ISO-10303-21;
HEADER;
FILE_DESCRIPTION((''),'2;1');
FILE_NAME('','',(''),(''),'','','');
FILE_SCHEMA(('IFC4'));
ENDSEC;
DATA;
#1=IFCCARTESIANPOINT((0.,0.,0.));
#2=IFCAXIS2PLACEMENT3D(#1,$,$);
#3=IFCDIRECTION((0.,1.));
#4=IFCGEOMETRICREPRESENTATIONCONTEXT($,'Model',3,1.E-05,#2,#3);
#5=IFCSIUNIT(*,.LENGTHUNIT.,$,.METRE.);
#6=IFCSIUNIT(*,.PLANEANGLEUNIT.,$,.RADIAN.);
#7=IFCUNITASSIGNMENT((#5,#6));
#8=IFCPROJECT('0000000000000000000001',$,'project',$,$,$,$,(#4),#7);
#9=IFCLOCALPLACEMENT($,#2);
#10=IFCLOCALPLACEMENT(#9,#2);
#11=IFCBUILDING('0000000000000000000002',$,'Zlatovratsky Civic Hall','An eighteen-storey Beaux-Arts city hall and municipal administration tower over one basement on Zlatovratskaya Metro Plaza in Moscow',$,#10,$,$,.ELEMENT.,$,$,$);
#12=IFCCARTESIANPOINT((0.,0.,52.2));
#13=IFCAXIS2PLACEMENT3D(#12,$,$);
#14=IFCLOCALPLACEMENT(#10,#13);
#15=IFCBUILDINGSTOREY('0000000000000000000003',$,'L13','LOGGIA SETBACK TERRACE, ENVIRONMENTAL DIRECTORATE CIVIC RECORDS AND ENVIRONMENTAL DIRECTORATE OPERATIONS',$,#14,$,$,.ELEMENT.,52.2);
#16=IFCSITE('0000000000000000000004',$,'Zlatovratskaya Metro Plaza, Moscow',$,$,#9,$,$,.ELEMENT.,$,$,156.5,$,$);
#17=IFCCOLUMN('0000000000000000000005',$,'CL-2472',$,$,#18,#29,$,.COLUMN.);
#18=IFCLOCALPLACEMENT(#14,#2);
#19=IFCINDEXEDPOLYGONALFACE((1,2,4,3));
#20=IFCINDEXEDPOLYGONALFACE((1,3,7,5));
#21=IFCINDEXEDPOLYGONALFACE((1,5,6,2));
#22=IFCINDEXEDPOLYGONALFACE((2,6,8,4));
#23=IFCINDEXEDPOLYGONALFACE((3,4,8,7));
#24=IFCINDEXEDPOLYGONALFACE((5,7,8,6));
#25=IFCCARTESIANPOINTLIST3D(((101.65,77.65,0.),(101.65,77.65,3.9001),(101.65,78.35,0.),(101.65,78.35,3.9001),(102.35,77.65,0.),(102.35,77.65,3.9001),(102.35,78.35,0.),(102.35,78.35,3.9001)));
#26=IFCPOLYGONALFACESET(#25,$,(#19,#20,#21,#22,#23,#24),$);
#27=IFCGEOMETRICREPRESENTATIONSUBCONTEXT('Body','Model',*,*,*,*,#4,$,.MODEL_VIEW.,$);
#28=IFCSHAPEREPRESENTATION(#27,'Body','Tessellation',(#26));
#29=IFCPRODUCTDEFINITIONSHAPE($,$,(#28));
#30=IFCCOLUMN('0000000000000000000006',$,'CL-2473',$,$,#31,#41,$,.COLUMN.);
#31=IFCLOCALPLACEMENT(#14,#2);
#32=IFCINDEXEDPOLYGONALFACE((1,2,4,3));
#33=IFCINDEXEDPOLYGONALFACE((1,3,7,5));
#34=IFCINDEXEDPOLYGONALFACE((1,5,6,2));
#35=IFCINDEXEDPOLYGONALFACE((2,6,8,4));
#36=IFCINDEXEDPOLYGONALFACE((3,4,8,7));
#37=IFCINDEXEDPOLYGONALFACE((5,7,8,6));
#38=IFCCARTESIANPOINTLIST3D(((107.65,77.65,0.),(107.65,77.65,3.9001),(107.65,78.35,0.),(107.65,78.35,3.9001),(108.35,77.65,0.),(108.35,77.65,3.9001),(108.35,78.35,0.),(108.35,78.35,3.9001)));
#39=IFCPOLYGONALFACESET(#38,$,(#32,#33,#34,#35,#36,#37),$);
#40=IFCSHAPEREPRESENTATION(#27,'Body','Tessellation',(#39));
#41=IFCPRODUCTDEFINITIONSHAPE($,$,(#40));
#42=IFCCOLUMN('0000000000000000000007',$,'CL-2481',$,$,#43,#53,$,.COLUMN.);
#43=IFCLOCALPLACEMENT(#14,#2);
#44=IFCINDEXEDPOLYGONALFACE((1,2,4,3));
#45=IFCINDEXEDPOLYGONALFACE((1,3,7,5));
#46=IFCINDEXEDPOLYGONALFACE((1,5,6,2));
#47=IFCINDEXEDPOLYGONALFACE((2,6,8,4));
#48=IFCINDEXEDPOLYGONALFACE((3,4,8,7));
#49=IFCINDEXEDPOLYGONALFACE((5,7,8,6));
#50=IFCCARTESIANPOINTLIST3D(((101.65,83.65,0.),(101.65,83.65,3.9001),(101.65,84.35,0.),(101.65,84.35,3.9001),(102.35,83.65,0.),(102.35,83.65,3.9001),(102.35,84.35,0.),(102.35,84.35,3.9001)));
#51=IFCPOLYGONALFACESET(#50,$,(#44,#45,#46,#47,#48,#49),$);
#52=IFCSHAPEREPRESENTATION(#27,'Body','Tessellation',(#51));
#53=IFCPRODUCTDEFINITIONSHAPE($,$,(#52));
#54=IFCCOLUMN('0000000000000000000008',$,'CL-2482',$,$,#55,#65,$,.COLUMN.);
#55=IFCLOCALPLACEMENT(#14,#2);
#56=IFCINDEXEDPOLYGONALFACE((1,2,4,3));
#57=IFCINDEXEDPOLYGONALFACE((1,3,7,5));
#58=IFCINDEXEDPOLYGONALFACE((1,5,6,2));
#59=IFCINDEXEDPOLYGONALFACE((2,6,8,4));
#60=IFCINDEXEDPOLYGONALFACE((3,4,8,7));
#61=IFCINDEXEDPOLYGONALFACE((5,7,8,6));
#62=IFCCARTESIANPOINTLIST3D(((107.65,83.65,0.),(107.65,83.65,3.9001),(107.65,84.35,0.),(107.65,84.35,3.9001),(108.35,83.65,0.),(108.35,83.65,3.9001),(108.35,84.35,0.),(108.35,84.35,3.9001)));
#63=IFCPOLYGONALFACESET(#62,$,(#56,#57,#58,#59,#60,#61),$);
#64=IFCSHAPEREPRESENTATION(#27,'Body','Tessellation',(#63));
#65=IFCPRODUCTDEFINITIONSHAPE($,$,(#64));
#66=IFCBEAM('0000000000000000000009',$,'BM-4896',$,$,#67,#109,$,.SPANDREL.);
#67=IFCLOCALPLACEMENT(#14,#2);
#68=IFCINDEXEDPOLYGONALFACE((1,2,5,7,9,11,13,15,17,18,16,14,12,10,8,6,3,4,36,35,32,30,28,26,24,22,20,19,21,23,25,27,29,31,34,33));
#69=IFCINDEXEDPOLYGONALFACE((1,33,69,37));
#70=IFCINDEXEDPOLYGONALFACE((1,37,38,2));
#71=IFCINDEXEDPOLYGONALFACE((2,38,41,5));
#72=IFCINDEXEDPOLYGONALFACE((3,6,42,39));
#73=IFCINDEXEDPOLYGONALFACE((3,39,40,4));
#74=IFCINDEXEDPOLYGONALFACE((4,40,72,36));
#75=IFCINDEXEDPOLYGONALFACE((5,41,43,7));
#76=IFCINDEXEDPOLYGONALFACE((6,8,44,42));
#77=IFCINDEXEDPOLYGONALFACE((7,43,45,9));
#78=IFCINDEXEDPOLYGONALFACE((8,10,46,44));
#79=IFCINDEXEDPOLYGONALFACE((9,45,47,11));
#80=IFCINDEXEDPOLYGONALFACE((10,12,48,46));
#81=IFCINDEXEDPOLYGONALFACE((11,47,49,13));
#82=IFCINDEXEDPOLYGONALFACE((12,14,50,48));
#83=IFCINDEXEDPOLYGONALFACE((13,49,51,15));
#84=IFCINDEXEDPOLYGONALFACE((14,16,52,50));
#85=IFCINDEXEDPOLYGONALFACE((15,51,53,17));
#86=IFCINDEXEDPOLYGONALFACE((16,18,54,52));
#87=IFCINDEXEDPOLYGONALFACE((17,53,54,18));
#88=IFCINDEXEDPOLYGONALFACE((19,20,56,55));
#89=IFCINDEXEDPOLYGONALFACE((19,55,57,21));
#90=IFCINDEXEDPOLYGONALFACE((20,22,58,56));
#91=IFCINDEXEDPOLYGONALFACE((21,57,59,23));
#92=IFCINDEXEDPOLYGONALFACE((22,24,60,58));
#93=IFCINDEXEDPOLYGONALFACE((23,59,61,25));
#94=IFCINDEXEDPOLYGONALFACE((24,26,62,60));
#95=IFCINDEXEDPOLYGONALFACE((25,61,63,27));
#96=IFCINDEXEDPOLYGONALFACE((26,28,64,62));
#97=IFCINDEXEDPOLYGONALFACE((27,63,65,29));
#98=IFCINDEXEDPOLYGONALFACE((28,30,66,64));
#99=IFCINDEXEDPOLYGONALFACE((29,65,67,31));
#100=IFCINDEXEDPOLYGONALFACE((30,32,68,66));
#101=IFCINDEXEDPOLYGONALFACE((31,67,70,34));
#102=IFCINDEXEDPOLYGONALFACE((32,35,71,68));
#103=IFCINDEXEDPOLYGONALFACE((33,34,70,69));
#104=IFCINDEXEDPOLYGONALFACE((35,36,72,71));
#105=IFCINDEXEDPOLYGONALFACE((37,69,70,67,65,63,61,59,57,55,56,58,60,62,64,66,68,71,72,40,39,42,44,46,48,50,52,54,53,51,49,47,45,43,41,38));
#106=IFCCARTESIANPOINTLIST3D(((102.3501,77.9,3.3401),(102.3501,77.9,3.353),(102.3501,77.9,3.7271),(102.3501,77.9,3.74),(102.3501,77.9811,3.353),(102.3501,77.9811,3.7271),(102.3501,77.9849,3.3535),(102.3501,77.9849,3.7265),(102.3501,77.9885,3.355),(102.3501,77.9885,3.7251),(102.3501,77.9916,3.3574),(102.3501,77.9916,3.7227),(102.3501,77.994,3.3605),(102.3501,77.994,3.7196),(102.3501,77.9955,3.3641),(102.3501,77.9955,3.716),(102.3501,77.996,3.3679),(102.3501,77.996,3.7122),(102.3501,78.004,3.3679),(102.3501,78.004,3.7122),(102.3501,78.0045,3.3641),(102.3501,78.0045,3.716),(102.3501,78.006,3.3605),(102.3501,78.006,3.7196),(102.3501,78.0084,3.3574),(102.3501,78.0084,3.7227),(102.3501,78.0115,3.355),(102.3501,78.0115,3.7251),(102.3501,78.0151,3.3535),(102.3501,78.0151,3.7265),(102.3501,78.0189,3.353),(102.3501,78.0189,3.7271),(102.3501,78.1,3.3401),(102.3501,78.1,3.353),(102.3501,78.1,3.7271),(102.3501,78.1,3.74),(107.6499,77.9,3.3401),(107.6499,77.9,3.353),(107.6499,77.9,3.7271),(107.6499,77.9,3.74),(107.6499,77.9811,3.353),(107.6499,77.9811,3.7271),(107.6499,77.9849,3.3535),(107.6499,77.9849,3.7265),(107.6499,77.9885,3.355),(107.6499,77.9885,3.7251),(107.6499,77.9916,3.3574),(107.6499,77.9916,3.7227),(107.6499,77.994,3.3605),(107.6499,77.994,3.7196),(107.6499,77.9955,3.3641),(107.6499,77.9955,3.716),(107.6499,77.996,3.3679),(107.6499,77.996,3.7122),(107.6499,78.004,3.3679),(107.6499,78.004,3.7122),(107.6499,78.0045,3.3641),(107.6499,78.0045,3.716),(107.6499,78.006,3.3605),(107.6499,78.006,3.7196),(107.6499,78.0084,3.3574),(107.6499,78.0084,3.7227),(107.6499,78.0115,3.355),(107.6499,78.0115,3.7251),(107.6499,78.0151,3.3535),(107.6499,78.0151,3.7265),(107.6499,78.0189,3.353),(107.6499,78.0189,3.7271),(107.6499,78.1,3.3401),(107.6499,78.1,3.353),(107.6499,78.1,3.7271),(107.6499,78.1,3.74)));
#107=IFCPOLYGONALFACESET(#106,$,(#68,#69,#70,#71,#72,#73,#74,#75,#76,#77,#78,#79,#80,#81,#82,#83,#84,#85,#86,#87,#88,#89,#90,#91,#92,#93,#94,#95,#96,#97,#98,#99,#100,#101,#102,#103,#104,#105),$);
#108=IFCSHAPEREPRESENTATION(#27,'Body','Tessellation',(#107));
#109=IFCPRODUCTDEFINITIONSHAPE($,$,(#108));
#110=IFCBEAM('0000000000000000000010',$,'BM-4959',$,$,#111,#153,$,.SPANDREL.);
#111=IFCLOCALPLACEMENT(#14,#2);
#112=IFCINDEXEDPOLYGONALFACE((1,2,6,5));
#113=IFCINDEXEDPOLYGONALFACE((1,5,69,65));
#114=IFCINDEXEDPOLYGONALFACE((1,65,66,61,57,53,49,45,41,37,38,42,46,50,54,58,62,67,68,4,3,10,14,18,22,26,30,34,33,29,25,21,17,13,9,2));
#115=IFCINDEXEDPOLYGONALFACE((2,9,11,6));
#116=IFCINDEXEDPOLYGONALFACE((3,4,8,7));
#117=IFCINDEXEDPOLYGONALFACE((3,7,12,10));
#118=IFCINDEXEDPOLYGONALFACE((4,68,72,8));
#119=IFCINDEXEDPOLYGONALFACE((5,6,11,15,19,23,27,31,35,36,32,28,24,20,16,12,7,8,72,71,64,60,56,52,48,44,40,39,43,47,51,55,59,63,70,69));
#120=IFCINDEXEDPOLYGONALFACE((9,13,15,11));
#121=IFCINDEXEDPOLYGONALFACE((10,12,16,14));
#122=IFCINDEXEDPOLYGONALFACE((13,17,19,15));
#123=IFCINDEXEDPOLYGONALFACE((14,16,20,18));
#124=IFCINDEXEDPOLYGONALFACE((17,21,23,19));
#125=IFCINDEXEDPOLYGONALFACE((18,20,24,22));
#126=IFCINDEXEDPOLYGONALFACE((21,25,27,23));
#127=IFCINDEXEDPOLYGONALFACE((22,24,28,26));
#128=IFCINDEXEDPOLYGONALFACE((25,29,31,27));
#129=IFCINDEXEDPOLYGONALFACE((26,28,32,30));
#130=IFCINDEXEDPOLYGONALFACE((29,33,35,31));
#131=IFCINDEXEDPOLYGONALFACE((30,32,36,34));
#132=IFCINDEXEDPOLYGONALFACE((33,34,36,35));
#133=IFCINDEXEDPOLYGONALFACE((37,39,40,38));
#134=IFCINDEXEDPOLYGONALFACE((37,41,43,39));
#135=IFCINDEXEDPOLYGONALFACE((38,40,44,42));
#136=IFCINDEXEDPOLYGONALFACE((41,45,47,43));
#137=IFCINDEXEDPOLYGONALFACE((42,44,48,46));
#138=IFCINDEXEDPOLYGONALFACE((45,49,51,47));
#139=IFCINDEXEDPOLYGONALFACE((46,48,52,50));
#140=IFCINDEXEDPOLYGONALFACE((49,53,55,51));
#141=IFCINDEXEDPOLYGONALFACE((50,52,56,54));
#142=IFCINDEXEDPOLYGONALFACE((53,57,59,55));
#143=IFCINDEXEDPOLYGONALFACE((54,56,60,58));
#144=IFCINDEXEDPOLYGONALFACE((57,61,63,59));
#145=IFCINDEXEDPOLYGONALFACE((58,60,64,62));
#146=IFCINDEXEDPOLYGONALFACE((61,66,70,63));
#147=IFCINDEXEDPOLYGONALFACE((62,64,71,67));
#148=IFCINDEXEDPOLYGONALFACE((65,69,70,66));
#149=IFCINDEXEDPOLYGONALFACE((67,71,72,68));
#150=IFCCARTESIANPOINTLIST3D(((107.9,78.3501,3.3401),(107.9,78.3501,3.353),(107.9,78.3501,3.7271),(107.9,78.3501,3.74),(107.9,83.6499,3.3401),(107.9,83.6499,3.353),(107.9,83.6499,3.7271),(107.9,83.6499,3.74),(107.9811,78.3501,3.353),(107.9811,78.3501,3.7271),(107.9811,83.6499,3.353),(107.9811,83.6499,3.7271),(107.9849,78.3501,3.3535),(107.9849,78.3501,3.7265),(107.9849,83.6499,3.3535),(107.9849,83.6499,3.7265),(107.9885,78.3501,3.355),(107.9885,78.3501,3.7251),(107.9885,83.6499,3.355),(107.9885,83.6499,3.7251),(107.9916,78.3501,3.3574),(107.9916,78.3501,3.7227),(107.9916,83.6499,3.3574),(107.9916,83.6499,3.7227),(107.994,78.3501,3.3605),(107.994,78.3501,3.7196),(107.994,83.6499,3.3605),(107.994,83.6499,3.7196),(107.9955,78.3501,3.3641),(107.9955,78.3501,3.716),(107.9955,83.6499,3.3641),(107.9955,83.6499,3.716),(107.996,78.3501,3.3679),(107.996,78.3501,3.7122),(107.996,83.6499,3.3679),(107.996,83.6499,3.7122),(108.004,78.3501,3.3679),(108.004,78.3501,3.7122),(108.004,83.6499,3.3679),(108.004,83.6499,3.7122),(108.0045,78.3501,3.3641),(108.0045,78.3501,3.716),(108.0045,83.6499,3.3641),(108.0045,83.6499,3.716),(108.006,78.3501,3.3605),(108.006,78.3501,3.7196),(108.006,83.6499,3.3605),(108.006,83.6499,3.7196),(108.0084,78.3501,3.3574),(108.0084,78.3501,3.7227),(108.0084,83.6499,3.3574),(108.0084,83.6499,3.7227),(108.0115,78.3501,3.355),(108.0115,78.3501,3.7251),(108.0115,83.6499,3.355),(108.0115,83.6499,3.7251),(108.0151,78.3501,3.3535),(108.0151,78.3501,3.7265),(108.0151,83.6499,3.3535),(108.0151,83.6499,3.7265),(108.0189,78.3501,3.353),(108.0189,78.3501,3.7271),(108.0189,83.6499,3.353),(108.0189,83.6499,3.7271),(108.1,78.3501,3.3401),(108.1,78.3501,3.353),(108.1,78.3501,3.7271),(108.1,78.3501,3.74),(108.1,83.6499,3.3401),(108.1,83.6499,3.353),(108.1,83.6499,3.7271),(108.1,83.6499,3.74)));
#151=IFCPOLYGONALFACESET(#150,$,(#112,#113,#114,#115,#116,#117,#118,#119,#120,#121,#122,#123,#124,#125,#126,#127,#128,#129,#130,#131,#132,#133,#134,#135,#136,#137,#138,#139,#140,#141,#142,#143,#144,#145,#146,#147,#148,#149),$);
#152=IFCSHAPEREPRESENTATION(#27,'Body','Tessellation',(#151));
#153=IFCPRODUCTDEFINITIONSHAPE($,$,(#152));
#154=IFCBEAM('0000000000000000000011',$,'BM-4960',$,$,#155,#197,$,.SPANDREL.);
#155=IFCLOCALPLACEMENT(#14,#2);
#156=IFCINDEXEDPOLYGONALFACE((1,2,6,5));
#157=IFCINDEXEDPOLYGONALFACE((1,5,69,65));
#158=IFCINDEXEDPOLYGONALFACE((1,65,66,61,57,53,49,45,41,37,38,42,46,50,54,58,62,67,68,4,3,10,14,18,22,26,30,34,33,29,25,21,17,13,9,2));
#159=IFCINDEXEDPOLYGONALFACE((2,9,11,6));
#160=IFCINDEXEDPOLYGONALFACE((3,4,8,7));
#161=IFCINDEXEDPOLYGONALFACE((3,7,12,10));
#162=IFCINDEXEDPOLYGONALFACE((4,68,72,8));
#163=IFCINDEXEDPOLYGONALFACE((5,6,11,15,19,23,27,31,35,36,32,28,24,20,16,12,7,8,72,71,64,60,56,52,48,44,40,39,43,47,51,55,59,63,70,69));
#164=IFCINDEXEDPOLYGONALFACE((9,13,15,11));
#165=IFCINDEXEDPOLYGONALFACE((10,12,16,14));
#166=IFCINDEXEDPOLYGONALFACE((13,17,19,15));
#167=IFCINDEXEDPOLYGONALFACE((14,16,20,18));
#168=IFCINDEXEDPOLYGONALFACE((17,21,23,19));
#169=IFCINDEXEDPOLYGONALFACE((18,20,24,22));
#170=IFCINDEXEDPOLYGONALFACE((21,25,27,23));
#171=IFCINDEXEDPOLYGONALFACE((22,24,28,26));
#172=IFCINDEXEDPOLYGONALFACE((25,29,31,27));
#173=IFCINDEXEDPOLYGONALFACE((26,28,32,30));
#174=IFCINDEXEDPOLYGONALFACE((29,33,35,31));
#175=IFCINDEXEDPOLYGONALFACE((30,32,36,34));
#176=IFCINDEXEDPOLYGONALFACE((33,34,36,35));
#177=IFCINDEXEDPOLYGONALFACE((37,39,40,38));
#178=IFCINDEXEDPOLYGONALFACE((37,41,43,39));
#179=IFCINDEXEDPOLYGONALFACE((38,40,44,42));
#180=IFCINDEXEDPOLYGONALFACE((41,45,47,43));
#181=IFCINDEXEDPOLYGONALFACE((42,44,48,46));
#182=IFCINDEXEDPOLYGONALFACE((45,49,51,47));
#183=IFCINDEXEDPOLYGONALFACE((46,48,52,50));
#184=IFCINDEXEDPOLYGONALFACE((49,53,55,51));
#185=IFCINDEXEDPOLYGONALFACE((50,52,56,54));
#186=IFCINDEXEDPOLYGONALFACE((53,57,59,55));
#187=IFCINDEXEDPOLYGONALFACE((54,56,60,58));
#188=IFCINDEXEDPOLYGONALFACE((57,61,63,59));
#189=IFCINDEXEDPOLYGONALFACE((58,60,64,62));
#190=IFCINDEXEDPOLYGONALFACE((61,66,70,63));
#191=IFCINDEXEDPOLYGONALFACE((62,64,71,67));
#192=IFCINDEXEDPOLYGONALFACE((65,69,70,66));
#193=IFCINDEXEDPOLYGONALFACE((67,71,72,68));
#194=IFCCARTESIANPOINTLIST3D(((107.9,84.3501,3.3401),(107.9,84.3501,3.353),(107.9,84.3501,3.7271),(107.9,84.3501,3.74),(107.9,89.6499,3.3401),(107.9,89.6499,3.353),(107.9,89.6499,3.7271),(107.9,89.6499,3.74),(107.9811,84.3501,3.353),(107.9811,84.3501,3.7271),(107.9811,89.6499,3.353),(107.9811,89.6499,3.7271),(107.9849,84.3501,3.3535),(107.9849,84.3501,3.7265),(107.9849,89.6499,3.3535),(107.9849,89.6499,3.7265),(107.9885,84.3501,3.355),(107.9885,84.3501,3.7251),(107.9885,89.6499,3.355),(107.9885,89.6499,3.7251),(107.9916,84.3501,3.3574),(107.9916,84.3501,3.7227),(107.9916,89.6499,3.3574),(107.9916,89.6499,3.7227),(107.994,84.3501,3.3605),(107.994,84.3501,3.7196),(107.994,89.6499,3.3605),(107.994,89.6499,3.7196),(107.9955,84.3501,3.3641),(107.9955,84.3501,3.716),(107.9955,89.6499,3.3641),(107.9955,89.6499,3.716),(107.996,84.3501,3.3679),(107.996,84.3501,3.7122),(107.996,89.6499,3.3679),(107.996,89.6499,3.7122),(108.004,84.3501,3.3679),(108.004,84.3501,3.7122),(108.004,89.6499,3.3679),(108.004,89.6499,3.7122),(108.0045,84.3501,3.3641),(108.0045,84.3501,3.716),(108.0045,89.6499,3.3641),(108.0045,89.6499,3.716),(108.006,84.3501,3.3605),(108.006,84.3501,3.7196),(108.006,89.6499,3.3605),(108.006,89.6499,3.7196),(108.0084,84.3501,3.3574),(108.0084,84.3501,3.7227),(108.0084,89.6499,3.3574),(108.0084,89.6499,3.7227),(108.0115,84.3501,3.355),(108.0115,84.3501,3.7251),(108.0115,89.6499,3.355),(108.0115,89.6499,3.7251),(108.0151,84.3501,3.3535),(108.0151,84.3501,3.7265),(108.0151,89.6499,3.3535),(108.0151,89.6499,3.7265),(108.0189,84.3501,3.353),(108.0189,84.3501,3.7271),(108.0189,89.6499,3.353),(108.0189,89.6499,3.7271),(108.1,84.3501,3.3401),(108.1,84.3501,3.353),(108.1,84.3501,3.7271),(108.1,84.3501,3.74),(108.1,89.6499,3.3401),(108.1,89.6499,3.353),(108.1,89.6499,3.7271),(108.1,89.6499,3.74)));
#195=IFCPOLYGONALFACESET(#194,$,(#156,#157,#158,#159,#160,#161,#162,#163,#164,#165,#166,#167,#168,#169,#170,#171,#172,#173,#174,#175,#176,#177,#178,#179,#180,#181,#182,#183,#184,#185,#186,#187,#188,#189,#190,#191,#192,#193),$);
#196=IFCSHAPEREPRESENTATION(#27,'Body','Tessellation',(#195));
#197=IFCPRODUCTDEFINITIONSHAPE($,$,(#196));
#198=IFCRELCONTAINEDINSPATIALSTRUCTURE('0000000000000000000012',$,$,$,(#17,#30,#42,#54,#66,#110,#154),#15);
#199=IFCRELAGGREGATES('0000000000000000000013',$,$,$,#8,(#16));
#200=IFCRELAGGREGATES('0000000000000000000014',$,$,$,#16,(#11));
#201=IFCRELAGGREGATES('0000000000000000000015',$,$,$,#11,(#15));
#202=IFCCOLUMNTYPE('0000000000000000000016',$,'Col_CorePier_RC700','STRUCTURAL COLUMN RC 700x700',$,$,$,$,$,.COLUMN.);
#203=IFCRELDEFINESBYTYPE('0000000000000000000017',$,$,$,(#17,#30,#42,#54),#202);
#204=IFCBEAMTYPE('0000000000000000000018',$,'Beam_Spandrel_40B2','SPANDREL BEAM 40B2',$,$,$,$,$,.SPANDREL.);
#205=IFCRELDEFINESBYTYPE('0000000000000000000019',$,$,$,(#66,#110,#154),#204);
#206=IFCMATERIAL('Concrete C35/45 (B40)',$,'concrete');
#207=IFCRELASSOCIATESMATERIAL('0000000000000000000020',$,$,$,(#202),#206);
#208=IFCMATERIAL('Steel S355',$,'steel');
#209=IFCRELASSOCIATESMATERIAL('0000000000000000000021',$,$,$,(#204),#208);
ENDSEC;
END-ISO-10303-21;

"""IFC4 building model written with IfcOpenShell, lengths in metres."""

from ifc_helpers import new_model, si_unit, direction, frame, origin, origin_2d, place, context, subcontext, project, spatial, rectangle, i_section, extrude, material, material_profile, profile_set, type_object, element, save


model = new_model("IFC4")

# Units and contexts
model_context = context("Model", 3, precision=1e-05, world=origin(), true_north=direction((0.0, 1.0)))
body_context = subcontext(model_context, "Body", "Model", "MODEL_VIEW")
ifc_project = project(units=[si_unit("LENGTHUNIT", "METRE"), si_unit("PLANEANGLEUNIT", "RADIAN")], contexts=[model_context])

# Site, building, storey
site_placement = place(None, origin())
site = spatial("IfcSite", under=ifc_project, at=site_placement, Name="Zlatovratskaya Metro Plaza, Moscow", CompositionType="ELEMENT", RefElevation=156.5)
building_placement = place(site_placement, origin())
building = spatial("IfcBuilding", under=site, at=building_placement, Name="Zlatovratsky Civic Hall", Description="An eighteen-storey Beaux-Arts city hall and municipal administration tower over one basement on Zlatovratskaya Metro Plaza in Moscow", CompositionType="ELEMENT")
storey_placement = place(building_placement, frame((0.0, 0.0, 52.2)))
storey = spatial("IfcBuildingStorey", under=building, at=storey_placement, Name="L13", Description="LOGGIA SETBACK TERRACE, ENVIRONMENTAL DIRECTORATE CIVIC RECORDS AND ENVIRONMENTAL DIRECTORATE OPERATIONS", CompositionType="ELEMENT", Elevation=52.2)

# Columns
ifc_material_1 = material(Name="Concrete C35/45 (B40)", Category="concrete")
ifc_material_profile_1 = material_profile(ifc_material_1, rectangle(XDim=0.7, YDim=0.7, at=origin_2d()), Name="RC 700x700")
ifc_profile_set_1 = profile_set([ifc_material_profile_1], Name="Concrete C35/45 (B40)")
column_type = type_object("IfcColumnType", Name="Col_CorePier_RC700", Description="STRUCTURAL COLUMN RC 700x700", PredefinedType="COLUMN", material=ifc_profile_set_1)
for number, where, z_axis, x_axis, name in (
    (1, (102.0, 78.0, 0.0), (0.0, 0.0, 1.0), (1.0, 0.0, 0.0), "CL-2472"),
    (2, (108.0, 78.0, 0.0), (0.0, 0.0, 1.0), (1.0, 0.0, 0.0), "CL-2473"),
    (3, (102.0, 84.0, 0.0), (0.0, 0.0, 1.0), (1.0, 0.0, 0.0), "CL-2481"),
    (4, (108.0, 84.0, 0.0), (0.0, 0.0, 1.0), (1.0, 0.0, 0.0), "CL-2482"),
):
    element("IfcColumn", number, at=place(storey_placement, frame(where, z_axis=z_axis, x_axis=x_axis)), inside=storey, type_object=column_type, Name=name, PredefinedType="COLUMN", context=body_context, shape_type="SweptSolid", body=[
        extrude(rectangle(XDim=0.7, YDim=0.7, at=origin_2d()), origin(), (0.0, 0.0, 1.0), 3.9001),
    ])

# Beams
ifc_material_2 = material(Name="Steel S355", Category="steel")
ifc_material_profile_2 = material_profile(ifc_material_2, i_section(OverallWidth=0.2, OverallDepth=0.3999, WebThickness=0.0081, FlangeThickness=0.0129, FilletRadius=0.0149, at=origin_2d()), Name="40B2")
ifc_profile_set_2 = profile_set([ifc_material_profile_2], Name="Steel S355")
beam_type_1 = type_object("IfcBeamType", Name="Beam_Spandrel_40B2", Description="SPANDREL BEAM 40B2", PredefinedType="SPANDREL", material=ifc_profile_set_2)
for number, where, z_axis, x_axis, name in (
    (5, (102.3501, 78.0, 3.54), (1.0, 0.0, 0.0), (0.0, 1.0, 0.0), "BM-4896"),
    (6, (108.0, 78.3501, 3.54), (0.0, 1.0, 0.0), (-1.0, 0.0, 0.0), "BM-4959"),
    (7, (108.0, 84.3501, 3.54), (0.0, 1.0, 0.0), (-1.0, 0.0, 0.0), "BM-4960"),
):
    element("IfcBeam", number, at=place(storey_placement, frame(where, z_axis=z_axis, x_axis=x_axis)), inside=storey, type_object=beam_type_1, Name=name, PredefinedType="SPANDREL", context=body_context, shape_type="SweptSolid", body=[
        extrude(i_section(OverallWidth=0.2, OverallDepth=0.3999, WebThickness=0.0081, FlangeThickness=0.0129, FilletRadius=0.0149, at=origin_2d()), origin(), (0.0, 0.0, 1.0), 5.2998),
    ])

save(model, "model.ifc")
